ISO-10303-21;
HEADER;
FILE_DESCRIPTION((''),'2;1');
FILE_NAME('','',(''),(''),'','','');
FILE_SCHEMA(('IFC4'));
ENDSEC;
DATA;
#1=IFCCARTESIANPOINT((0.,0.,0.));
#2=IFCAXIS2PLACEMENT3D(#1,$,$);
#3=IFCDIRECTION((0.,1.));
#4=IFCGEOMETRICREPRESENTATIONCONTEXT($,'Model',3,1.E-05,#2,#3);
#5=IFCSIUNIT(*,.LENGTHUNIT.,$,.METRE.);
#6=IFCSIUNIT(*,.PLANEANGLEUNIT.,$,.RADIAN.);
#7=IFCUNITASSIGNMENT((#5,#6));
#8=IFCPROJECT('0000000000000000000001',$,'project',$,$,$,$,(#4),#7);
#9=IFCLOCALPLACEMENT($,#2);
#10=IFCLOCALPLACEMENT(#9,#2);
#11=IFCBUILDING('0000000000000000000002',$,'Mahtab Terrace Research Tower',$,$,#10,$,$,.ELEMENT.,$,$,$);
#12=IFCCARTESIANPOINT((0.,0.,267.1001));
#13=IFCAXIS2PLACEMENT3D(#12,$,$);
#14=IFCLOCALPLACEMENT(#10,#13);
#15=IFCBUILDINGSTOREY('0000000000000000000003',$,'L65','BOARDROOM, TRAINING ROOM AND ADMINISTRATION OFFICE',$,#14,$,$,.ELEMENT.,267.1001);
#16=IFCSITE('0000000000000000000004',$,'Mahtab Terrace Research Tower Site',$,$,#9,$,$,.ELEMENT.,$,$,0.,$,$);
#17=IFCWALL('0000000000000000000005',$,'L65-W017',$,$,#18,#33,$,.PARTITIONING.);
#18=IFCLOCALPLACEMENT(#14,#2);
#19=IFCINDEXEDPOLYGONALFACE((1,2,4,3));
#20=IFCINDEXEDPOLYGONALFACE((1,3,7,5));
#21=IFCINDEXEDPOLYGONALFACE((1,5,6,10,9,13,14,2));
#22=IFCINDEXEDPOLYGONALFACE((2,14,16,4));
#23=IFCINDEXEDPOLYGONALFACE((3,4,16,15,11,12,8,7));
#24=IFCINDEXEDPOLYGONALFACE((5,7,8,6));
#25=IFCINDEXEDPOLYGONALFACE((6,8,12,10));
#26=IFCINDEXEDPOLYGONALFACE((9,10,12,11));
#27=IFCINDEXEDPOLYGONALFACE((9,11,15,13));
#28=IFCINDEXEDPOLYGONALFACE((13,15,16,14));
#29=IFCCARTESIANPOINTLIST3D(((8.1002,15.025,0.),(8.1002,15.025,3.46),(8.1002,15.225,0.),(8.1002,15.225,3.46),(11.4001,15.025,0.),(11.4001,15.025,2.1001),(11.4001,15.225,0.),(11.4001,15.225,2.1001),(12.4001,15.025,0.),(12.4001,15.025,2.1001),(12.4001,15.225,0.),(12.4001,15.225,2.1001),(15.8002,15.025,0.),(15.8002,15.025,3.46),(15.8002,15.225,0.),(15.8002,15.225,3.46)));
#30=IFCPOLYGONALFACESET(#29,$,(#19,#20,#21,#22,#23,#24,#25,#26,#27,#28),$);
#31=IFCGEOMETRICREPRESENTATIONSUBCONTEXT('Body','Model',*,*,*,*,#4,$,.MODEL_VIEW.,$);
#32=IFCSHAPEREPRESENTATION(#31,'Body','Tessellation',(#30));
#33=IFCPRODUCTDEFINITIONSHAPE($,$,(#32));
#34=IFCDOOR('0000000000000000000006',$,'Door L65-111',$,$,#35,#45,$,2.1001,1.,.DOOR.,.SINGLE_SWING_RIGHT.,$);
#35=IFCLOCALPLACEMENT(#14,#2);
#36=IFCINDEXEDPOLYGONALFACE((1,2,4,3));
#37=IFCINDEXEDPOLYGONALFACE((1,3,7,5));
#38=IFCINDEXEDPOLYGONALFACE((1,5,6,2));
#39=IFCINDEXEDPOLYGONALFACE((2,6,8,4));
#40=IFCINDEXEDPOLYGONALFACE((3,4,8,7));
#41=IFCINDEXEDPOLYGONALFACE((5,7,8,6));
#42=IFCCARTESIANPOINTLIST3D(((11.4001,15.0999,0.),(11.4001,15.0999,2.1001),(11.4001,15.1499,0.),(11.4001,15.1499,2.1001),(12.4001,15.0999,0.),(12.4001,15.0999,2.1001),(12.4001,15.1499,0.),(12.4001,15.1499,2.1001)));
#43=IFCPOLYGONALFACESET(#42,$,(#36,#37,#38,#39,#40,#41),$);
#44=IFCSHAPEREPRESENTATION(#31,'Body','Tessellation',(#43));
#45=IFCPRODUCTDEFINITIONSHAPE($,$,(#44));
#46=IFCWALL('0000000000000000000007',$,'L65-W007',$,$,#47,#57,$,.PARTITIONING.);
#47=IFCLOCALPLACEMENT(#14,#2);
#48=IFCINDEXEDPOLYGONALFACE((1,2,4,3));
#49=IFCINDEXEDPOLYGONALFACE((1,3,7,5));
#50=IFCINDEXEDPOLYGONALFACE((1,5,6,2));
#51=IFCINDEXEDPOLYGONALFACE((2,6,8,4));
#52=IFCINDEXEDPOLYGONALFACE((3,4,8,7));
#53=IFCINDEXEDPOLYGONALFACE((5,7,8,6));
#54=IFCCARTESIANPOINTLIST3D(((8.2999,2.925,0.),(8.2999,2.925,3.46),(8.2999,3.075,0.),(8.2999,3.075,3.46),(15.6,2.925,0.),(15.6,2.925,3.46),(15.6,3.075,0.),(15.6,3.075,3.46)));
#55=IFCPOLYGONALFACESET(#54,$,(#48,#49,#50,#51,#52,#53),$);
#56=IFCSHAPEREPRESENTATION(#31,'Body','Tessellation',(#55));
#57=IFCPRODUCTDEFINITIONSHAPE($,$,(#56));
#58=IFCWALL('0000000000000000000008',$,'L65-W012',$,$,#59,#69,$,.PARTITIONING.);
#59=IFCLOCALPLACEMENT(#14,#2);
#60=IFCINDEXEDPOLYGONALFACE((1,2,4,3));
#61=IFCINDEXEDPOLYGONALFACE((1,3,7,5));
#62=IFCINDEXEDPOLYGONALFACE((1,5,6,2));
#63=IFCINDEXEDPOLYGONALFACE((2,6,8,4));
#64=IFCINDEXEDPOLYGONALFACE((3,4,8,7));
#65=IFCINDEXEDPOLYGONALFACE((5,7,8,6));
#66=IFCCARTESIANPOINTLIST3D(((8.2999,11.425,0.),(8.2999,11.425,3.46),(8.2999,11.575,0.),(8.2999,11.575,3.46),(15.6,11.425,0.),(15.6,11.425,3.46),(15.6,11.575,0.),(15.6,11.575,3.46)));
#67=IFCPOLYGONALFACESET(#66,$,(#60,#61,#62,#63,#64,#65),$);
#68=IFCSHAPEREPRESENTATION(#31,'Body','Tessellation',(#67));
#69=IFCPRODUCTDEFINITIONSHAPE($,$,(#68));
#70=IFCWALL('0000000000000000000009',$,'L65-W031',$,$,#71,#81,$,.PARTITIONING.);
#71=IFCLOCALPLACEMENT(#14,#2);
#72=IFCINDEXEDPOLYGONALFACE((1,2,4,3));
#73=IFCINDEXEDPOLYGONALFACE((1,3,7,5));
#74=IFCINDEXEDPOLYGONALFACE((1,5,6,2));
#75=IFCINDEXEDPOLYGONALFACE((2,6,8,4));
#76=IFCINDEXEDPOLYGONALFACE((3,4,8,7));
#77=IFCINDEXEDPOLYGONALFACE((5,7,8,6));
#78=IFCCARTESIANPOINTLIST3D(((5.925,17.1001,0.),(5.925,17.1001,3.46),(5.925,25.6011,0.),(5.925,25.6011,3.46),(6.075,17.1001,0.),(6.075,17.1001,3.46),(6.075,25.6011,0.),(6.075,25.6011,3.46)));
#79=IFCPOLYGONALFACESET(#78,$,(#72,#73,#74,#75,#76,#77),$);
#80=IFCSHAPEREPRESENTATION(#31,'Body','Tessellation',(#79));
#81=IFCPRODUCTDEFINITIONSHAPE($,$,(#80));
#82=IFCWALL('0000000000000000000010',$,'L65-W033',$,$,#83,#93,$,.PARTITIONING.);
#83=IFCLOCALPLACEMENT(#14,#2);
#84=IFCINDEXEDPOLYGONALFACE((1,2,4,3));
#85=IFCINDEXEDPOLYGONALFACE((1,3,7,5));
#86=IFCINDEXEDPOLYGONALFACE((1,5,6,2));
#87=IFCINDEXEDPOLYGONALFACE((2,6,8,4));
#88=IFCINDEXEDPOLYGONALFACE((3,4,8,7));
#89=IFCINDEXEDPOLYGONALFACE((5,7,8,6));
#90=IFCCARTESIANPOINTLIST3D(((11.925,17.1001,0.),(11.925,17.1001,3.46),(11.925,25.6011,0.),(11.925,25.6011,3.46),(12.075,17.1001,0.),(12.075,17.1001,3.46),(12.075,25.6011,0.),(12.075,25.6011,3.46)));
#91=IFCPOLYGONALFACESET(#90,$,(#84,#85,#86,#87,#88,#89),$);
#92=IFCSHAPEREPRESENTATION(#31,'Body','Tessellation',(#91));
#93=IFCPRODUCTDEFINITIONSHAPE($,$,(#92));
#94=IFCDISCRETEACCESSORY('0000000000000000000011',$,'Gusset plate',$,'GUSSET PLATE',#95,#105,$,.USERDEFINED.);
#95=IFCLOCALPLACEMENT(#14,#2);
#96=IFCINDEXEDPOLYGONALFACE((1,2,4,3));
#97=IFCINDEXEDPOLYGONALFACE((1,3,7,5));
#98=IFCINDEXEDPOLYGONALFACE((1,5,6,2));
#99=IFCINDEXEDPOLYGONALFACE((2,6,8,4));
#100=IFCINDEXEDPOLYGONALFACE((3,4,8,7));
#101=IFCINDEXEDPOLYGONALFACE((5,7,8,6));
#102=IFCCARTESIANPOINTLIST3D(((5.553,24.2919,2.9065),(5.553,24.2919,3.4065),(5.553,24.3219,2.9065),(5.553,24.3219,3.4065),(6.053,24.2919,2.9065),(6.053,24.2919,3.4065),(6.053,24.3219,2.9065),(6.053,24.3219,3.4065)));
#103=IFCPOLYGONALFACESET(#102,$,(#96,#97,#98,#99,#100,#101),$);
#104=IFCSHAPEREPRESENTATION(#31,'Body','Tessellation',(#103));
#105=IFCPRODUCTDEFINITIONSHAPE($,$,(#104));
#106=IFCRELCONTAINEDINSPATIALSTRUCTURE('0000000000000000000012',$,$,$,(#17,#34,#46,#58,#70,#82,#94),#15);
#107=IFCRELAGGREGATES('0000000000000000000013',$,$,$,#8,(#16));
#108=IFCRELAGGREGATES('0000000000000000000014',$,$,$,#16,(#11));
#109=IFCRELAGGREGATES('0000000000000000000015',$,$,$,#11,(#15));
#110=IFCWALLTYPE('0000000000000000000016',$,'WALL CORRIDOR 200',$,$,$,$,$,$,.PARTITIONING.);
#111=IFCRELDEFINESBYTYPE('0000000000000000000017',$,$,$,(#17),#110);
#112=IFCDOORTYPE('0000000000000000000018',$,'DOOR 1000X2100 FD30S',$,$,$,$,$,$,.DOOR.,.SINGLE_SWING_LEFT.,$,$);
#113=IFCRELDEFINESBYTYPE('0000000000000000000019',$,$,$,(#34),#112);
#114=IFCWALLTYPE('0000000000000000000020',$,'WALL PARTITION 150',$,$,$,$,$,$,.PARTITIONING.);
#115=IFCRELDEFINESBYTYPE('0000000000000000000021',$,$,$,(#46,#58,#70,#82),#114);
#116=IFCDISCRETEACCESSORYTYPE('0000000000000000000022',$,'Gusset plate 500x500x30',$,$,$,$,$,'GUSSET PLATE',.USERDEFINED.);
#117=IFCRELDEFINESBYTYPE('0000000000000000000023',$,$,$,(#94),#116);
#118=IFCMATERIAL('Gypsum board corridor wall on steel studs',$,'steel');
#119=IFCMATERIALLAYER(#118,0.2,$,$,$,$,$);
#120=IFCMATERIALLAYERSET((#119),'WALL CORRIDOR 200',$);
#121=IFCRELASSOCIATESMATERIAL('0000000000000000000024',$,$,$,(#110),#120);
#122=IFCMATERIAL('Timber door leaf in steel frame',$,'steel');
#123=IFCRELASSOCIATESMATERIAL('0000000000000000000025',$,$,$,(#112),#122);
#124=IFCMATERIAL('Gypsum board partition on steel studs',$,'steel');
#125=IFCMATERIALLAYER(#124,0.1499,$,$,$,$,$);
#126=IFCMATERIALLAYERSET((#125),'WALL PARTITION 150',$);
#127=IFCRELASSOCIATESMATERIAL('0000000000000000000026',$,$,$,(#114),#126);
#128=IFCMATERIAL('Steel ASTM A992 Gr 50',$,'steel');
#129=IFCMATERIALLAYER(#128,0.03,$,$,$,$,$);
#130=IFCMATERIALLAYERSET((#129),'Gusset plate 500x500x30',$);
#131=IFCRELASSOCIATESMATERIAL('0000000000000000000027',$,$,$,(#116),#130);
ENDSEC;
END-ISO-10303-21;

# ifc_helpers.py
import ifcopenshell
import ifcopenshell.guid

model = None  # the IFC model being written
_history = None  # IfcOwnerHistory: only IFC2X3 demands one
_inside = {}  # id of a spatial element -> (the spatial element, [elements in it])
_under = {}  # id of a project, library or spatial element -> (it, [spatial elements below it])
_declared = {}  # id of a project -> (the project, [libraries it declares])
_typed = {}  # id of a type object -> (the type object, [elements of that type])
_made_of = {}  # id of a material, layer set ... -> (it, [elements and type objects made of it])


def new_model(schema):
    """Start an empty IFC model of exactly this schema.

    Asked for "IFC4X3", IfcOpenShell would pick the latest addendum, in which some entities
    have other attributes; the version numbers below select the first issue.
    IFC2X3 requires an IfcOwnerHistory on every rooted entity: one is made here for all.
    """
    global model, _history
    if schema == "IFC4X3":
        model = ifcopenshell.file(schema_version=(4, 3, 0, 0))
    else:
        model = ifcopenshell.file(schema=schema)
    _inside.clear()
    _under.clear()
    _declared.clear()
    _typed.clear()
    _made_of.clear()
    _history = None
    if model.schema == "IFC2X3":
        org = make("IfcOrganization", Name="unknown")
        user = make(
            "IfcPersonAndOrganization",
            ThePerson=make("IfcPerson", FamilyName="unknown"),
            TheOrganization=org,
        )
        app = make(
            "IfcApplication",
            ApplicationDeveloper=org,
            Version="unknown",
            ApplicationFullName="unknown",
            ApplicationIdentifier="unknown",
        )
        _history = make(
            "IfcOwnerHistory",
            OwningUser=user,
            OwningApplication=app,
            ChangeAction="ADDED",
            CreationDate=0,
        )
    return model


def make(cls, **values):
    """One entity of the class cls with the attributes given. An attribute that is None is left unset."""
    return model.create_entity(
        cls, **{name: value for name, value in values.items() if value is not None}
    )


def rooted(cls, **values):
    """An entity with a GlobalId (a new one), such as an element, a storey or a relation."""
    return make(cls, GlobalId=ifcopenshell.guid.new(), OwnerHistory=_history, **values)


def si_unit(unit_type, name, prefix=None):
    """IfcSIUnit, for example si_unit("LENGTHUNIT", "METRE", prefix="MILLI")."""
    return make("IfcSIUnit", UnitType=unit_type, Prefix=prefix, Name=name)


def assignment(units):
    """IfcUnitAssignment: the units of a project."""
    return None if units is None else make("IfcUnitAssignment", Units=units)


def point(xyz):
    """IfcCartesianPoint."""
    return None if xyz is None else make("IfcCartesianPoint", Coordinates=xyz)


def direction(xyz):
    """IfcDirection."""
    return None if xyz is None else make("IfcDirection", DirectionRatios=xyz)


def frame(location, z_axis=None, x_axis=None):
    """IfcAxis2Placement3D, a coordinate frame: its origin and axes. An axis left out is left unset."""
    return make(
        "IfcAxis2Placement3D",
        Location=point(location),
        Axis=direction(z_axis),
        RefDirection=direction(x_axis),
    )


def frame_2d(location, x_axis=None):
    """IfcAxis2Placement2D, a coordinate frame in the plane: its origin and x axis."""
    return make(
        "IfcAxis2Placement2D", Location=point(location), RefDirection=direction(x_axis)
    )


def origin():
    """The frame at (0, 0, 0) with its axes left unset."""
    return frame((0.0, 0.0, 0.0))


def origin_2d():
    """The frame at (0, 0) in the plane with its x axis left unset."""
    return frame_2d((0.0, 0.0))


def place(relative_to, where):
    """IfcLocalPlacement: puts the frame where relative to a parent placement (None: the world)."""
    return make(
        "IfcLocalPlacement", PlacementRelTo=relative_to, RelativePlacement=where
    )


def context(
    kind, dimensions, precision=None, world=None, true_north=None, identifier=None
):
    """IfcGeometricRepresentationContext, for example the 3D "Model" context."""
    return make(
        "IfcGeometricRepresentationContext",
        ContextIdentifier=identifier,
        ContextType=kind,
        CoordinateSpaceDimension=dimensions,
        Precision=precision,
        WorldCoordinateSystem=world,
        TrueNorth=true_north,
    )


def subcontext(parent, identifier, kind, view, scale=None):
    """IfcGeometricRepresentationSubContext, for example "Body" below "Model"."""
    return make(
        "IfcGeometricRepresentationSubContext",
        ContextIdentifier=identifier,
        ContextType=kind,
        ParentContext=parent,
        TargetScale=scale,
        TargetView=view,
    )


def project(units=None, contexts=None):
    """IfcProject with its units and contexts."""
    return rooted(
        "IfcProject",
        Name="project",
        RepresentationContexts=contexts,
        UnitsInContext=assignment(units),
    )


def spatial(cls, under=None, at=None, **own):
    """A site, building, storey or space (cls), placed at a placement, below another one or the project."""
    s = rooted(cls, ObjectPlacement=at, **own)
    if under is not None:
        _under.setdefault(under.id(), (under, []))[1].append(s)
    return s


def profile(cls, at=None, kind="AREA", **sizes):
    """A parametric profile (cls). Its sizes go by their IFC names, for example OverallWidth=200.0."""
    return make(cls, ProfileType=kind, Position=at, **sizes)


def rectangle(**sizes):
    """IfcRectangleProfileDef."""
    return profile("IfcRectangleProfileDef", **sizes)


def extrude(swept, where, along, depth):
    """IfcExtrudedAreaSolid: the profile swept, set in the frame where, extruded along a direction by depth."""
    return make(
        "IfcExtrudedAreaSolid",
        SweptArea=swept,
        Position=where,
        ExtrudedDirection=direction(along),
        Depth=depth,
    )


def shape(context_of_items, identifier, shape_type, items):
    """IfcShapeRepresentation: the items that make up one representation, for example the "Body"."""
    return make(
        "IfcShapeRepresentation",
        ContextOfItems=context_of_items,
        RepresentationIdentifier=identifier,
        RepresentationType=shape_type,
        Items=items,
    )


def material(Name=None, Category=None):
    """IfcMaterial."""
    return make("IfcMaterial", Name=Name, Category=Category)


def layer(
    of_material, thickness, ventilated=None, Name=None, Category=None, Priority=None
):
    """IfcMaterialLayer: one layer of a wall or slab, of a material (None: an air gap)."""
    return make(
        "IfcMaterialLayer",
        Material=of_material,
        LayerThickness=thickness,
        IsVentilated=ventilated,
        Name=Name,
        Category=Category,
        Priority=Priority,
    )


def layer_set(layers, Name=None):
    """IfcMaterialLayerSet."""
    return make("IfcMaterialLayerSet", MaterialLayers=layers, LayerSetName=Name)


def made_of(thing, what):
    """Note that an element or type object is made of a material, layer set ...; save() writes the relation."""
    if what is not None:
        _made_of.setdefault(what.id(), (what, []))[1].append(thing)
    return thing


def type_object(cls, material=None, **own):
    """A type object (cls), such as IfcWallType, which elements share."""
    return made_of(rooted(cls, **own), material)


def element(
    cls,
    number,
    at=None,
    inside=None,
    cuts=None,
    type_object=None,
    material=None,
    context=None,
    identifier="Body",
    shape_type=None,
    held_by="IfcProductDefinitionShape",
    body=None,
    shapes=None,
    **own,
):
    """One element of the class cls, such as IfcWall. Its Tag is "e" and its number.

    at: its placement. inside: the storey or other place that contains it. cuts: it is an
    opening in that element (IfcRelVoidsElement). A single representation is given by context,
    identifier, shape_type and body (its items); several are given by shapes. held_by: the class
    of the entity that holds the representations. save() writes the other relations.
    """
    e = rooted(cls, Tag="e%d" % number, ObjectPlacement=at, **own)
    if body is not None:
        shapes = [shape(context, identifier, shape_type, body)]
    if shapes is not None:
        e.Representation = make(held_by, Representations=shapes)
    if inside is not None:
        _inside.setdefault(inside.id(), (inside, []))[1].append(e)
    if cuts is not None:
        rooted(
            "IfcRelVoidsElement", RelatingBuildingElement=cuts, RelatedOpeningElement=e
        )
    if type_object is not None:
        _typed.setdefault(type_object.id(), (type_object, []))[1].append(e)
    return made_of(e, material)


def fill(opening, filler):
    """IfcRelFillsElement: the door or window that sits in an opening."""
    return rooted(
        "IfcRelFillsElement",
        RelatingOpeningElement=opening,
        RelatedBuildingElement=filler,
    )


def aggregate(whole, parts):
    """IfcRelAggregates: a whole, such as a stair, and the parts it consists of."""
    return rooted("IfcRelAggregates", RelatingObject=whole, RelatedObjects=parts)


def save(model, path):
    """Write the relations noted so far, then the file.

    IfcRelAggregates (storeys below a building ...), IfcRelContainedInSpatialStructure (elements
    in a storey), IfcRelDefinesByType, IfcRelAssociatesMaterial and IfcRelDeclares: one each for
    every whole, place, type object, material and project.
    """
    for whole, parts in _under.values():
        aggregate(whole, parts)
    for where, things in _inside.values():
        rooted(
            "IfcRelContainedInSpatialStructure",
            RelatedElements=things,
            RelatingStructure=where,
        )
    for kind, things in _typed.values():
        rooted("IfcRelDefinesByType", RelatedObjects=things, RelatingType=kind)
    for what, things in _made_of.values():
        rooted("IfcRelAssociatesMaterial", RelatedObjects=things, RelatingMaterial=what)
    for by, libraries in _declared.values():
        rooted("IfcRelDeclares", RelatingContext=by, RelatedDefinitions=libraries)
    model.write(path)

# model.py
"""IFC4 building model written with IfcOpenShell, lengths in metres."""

from ifc_helpers import new_model, si_unit, direction, frame, frame_2d, origin, origin_2d, place, context, subcontext, project, spatial, rectangle, extrude, material, layer, layer_set, type_object, element, fill, save


model = new_model("IFC4")

# Units and contexts
model_context = context("Model", 3, precision=1e-05, world=origin(), true_north=direction((0.0, 1.0)))
body_context = subcontext(model_context, "Body", "Model", "MODEL_VIEW")
ifc_project = project(units=[si_unit("LENGTHUNIT", "METRE"), si_unit("PLANEANGLEUNIT", "RADIAN")], contexts=[model_context])

# Site, building, storey
site_placement = place(None, origin())
site = spatial("IfcSite", under=ifc_project, at=site_placement, Name="Mahtab Terrace Research Tower Site", CompositionType="ELEMENT", RefElevation=0.0)
building_placement = place(site_placement, origin())
building = spatial("IfcBuilding", under=site, at=building_placement, Name="Mahtab Terrace Research Tower", CompositionType="ELEMENT")
storey_placement = place(building_placement, frame((0.0, 0.0, 267.1001)))
storey = spatial("IfcBuildingStorey", under=building, at=storey_placement, Name="L65", Description="BOARDROOM, TRAINING ROOM AND ADMINISTRATION OFFICE", CompositionType="ELEMENT", Elevation=267.1001)

# Shared definitions
ifc_material_1 = material(Name="Steel ASTM A992 Gr 50", Category="steel")

# Wall, opening, door
ifc_material_2 = material(Name="Gypsum board corridor wall on steel studs", Category="steel")
ifc_layer_1 = layer(ifc_material_2, 0.2)
ifc_layer_set_1 = layer_set([ifc_layer_1], Name="WALL CORRIDOR 200")
wall_type_1 = type_object("IfcWallType", Name="WALL CORRIDOR 200", PredefinedType="PARTITIONING", material=ifc_layer_set_1)
wall_1_placement = place(storey_placement, frame((8.1001, 15.125, 0.0), z_axis=(0.0, 0.0, 1.0), x_axis=(1.0, 0.0, 0.0)))
wall_1 = element("IfcWall", 1, at=wall_1_placement, inside=storey, type_object=wall_type_1, Name="L65-W017", PredefinedType="PARTITIONING", context=body_context, shape_type="SweptSolid", body=[
    extrude(rectangle(XDim=7.7, YDim=0.2, at=frame_2d((3.8501, 0.0))), origin(), (0.0, 0.0, 1.0), 3.46),
])
opening_1_placement = place(wall_1_placement, frame((3.3, 0.0, 0.0)))
opening_1 = element("IfcOpeningElement", 2, at=opening_1_placement, cuts=wall_1, PredefinedType="OPENING", context=body_context, shape_type="SweptSolid", body=[
    extrude(rectangle(XDim=1.0, YDim=2.1001, at=frame_2d((0.5, 1.05))), frame((0.0, 0.1099, 0.0), z_axis=(0.0, -1.0, 0.0), x_axis=(1.0, 0.0, 0.0)), (0.0, 0.0, 1.0), 0.22),
])
ifc_material_3 = material(Name="Timber door leaf in steel frame", Category="steel")
door_type_1 = type_object("IfcDoorType", Name="DOOR 1000X2100 FD30S", OperationType="SINGLE_SWING_LEFT", PredefinedType="DOOR", material=ifc_material_3)
door_1_placement = place(opening_1_placement, origin())
door_1 = element("IfcDoor", 3, at=door_1_placement, inside=storey, type_object=door_type_1, Name="Door L65-111", OperationType="SINGLE_SWING_RIGHT", OverallHeight=2.1001, OverallWidth=1.0, PredefinedType="DOOR", context=body_context, shape_type="SweptSolid", body=[
    extrude(rectangle(XDim=1.0, YDim=2.1001, at=frame_2d((0.5, 1.05))), frame((0.0, 0.0249, 0.0), z_axis=(0.0, -1.0, 0.0), x_axis=(1.0, 0.0, 0.0)), (0.0, 0.0, 1.0), 0.05),
])
fill(opening_1, door_1)

# Walls
ifc_material_4 = material(Name="Gypsum board partition on steel studs", Category="steel")
ifc_layer_2 = layer(ifc_material_4, 0.1499)
ifc_layer_set_2 = layer_set([ifc_layer_2], Name="WALL PARTITION 150")
wall_type_2 = type_object("IfcWallType", Name="WALL PARTITION 150", PredefinedType="PARTITIONING", material=ifc_layer_set_2)
for number, where, z_axis, x_axis, name in (
    (4, (8.3, 3.0, 0.0), (0.0, 0.0, 1.0), (1.0, 0.0, 0.0), "L65-W007"),
    (5, (8.3, 11.5, 0.0), (0.0, 0.0, 1.0), (1.0, 0.0, 0.0), "L65-W012"),
):
    element("IfcWall", number, at=place(storey_placement, frame(where, z_axis=z_axis, x_axis=x_axis)), inside=storey, type_object=wall_type_2, Name=name, PredefinedType="PARTITIONING", context=body_context, shape_type="SweptSolid", body=[
        extrude(rectangle(XDim=7.3, YDim=0.1499, at=frame_2d((3.6499, 0.0))), origin(), (0.0, 0.0, 1.0), 3.46),
    ])
for number, where, z_axis, x_axis, name in (
    (6, (6.0, 17.1001, 0.0), (0.0, 0.0, 1.0), (0.0, 1.0, 0.0), "L65-W031"),
    (7, (12.0, 17.1001, 0.0), (0.0, 0.0, 1.0), (0.0, 1.0, 0.0), "L65-W033"),
):
    element("IfcWall", number, at=place(storey_placement, frame(where, z_axis=z_axis, x_axis=x_axis)), inside=storey, type_object=wall_type_2, Name=name, PredefinedType="PARTITIONING", context=body_context, shape_type="SweptSolid", body=[
        extrude(rectangle(XDim=8.501, YDim=0.1499, at=frame_2d((4.2505, 0.0))), origin(), (0.0, 0.0, 1.0), 3.46),
    ])

# Discrete accessory
ifc_layer_3 = layer(ifc_material_1, 0.03)
ifc_layer_set_3 = layer_set([ifc_layer_3], Name="Gusset plate 500x500x30")
discrete_accessory_type = type_object("IfcDiscreteAccessoryType", Name="Gusset plate 500x500x30", ElementType="GUSSET PLATE", PredefinedType="USERDEFINED", material=ifc_layer_set_3)
discrete_accessory_placement = place(storey_placement, frame((5.803, 24.3069, 2.9065), z_axis=(0.0, 0.0, 1.0), x_axis=(1.0, 0.0, 0.0)))
element("IfcDiscreteAccessory", 8, at=discrete_accessory_placement, inside=storey, type_object=discrete_accessory_type, Name="Gusset plate", ObjectType="GUSSET PLATE", PredefinedType="USERDEFINED", context=body_context, shape_type="SweptSolid", body=[
    extrude(rectangle(XDim=0.5, YDim=0.03, at=origin_2d()), origin(), (0.0, 0.0, 1.0), 0.5),
])

save(model, "model.ifc")
